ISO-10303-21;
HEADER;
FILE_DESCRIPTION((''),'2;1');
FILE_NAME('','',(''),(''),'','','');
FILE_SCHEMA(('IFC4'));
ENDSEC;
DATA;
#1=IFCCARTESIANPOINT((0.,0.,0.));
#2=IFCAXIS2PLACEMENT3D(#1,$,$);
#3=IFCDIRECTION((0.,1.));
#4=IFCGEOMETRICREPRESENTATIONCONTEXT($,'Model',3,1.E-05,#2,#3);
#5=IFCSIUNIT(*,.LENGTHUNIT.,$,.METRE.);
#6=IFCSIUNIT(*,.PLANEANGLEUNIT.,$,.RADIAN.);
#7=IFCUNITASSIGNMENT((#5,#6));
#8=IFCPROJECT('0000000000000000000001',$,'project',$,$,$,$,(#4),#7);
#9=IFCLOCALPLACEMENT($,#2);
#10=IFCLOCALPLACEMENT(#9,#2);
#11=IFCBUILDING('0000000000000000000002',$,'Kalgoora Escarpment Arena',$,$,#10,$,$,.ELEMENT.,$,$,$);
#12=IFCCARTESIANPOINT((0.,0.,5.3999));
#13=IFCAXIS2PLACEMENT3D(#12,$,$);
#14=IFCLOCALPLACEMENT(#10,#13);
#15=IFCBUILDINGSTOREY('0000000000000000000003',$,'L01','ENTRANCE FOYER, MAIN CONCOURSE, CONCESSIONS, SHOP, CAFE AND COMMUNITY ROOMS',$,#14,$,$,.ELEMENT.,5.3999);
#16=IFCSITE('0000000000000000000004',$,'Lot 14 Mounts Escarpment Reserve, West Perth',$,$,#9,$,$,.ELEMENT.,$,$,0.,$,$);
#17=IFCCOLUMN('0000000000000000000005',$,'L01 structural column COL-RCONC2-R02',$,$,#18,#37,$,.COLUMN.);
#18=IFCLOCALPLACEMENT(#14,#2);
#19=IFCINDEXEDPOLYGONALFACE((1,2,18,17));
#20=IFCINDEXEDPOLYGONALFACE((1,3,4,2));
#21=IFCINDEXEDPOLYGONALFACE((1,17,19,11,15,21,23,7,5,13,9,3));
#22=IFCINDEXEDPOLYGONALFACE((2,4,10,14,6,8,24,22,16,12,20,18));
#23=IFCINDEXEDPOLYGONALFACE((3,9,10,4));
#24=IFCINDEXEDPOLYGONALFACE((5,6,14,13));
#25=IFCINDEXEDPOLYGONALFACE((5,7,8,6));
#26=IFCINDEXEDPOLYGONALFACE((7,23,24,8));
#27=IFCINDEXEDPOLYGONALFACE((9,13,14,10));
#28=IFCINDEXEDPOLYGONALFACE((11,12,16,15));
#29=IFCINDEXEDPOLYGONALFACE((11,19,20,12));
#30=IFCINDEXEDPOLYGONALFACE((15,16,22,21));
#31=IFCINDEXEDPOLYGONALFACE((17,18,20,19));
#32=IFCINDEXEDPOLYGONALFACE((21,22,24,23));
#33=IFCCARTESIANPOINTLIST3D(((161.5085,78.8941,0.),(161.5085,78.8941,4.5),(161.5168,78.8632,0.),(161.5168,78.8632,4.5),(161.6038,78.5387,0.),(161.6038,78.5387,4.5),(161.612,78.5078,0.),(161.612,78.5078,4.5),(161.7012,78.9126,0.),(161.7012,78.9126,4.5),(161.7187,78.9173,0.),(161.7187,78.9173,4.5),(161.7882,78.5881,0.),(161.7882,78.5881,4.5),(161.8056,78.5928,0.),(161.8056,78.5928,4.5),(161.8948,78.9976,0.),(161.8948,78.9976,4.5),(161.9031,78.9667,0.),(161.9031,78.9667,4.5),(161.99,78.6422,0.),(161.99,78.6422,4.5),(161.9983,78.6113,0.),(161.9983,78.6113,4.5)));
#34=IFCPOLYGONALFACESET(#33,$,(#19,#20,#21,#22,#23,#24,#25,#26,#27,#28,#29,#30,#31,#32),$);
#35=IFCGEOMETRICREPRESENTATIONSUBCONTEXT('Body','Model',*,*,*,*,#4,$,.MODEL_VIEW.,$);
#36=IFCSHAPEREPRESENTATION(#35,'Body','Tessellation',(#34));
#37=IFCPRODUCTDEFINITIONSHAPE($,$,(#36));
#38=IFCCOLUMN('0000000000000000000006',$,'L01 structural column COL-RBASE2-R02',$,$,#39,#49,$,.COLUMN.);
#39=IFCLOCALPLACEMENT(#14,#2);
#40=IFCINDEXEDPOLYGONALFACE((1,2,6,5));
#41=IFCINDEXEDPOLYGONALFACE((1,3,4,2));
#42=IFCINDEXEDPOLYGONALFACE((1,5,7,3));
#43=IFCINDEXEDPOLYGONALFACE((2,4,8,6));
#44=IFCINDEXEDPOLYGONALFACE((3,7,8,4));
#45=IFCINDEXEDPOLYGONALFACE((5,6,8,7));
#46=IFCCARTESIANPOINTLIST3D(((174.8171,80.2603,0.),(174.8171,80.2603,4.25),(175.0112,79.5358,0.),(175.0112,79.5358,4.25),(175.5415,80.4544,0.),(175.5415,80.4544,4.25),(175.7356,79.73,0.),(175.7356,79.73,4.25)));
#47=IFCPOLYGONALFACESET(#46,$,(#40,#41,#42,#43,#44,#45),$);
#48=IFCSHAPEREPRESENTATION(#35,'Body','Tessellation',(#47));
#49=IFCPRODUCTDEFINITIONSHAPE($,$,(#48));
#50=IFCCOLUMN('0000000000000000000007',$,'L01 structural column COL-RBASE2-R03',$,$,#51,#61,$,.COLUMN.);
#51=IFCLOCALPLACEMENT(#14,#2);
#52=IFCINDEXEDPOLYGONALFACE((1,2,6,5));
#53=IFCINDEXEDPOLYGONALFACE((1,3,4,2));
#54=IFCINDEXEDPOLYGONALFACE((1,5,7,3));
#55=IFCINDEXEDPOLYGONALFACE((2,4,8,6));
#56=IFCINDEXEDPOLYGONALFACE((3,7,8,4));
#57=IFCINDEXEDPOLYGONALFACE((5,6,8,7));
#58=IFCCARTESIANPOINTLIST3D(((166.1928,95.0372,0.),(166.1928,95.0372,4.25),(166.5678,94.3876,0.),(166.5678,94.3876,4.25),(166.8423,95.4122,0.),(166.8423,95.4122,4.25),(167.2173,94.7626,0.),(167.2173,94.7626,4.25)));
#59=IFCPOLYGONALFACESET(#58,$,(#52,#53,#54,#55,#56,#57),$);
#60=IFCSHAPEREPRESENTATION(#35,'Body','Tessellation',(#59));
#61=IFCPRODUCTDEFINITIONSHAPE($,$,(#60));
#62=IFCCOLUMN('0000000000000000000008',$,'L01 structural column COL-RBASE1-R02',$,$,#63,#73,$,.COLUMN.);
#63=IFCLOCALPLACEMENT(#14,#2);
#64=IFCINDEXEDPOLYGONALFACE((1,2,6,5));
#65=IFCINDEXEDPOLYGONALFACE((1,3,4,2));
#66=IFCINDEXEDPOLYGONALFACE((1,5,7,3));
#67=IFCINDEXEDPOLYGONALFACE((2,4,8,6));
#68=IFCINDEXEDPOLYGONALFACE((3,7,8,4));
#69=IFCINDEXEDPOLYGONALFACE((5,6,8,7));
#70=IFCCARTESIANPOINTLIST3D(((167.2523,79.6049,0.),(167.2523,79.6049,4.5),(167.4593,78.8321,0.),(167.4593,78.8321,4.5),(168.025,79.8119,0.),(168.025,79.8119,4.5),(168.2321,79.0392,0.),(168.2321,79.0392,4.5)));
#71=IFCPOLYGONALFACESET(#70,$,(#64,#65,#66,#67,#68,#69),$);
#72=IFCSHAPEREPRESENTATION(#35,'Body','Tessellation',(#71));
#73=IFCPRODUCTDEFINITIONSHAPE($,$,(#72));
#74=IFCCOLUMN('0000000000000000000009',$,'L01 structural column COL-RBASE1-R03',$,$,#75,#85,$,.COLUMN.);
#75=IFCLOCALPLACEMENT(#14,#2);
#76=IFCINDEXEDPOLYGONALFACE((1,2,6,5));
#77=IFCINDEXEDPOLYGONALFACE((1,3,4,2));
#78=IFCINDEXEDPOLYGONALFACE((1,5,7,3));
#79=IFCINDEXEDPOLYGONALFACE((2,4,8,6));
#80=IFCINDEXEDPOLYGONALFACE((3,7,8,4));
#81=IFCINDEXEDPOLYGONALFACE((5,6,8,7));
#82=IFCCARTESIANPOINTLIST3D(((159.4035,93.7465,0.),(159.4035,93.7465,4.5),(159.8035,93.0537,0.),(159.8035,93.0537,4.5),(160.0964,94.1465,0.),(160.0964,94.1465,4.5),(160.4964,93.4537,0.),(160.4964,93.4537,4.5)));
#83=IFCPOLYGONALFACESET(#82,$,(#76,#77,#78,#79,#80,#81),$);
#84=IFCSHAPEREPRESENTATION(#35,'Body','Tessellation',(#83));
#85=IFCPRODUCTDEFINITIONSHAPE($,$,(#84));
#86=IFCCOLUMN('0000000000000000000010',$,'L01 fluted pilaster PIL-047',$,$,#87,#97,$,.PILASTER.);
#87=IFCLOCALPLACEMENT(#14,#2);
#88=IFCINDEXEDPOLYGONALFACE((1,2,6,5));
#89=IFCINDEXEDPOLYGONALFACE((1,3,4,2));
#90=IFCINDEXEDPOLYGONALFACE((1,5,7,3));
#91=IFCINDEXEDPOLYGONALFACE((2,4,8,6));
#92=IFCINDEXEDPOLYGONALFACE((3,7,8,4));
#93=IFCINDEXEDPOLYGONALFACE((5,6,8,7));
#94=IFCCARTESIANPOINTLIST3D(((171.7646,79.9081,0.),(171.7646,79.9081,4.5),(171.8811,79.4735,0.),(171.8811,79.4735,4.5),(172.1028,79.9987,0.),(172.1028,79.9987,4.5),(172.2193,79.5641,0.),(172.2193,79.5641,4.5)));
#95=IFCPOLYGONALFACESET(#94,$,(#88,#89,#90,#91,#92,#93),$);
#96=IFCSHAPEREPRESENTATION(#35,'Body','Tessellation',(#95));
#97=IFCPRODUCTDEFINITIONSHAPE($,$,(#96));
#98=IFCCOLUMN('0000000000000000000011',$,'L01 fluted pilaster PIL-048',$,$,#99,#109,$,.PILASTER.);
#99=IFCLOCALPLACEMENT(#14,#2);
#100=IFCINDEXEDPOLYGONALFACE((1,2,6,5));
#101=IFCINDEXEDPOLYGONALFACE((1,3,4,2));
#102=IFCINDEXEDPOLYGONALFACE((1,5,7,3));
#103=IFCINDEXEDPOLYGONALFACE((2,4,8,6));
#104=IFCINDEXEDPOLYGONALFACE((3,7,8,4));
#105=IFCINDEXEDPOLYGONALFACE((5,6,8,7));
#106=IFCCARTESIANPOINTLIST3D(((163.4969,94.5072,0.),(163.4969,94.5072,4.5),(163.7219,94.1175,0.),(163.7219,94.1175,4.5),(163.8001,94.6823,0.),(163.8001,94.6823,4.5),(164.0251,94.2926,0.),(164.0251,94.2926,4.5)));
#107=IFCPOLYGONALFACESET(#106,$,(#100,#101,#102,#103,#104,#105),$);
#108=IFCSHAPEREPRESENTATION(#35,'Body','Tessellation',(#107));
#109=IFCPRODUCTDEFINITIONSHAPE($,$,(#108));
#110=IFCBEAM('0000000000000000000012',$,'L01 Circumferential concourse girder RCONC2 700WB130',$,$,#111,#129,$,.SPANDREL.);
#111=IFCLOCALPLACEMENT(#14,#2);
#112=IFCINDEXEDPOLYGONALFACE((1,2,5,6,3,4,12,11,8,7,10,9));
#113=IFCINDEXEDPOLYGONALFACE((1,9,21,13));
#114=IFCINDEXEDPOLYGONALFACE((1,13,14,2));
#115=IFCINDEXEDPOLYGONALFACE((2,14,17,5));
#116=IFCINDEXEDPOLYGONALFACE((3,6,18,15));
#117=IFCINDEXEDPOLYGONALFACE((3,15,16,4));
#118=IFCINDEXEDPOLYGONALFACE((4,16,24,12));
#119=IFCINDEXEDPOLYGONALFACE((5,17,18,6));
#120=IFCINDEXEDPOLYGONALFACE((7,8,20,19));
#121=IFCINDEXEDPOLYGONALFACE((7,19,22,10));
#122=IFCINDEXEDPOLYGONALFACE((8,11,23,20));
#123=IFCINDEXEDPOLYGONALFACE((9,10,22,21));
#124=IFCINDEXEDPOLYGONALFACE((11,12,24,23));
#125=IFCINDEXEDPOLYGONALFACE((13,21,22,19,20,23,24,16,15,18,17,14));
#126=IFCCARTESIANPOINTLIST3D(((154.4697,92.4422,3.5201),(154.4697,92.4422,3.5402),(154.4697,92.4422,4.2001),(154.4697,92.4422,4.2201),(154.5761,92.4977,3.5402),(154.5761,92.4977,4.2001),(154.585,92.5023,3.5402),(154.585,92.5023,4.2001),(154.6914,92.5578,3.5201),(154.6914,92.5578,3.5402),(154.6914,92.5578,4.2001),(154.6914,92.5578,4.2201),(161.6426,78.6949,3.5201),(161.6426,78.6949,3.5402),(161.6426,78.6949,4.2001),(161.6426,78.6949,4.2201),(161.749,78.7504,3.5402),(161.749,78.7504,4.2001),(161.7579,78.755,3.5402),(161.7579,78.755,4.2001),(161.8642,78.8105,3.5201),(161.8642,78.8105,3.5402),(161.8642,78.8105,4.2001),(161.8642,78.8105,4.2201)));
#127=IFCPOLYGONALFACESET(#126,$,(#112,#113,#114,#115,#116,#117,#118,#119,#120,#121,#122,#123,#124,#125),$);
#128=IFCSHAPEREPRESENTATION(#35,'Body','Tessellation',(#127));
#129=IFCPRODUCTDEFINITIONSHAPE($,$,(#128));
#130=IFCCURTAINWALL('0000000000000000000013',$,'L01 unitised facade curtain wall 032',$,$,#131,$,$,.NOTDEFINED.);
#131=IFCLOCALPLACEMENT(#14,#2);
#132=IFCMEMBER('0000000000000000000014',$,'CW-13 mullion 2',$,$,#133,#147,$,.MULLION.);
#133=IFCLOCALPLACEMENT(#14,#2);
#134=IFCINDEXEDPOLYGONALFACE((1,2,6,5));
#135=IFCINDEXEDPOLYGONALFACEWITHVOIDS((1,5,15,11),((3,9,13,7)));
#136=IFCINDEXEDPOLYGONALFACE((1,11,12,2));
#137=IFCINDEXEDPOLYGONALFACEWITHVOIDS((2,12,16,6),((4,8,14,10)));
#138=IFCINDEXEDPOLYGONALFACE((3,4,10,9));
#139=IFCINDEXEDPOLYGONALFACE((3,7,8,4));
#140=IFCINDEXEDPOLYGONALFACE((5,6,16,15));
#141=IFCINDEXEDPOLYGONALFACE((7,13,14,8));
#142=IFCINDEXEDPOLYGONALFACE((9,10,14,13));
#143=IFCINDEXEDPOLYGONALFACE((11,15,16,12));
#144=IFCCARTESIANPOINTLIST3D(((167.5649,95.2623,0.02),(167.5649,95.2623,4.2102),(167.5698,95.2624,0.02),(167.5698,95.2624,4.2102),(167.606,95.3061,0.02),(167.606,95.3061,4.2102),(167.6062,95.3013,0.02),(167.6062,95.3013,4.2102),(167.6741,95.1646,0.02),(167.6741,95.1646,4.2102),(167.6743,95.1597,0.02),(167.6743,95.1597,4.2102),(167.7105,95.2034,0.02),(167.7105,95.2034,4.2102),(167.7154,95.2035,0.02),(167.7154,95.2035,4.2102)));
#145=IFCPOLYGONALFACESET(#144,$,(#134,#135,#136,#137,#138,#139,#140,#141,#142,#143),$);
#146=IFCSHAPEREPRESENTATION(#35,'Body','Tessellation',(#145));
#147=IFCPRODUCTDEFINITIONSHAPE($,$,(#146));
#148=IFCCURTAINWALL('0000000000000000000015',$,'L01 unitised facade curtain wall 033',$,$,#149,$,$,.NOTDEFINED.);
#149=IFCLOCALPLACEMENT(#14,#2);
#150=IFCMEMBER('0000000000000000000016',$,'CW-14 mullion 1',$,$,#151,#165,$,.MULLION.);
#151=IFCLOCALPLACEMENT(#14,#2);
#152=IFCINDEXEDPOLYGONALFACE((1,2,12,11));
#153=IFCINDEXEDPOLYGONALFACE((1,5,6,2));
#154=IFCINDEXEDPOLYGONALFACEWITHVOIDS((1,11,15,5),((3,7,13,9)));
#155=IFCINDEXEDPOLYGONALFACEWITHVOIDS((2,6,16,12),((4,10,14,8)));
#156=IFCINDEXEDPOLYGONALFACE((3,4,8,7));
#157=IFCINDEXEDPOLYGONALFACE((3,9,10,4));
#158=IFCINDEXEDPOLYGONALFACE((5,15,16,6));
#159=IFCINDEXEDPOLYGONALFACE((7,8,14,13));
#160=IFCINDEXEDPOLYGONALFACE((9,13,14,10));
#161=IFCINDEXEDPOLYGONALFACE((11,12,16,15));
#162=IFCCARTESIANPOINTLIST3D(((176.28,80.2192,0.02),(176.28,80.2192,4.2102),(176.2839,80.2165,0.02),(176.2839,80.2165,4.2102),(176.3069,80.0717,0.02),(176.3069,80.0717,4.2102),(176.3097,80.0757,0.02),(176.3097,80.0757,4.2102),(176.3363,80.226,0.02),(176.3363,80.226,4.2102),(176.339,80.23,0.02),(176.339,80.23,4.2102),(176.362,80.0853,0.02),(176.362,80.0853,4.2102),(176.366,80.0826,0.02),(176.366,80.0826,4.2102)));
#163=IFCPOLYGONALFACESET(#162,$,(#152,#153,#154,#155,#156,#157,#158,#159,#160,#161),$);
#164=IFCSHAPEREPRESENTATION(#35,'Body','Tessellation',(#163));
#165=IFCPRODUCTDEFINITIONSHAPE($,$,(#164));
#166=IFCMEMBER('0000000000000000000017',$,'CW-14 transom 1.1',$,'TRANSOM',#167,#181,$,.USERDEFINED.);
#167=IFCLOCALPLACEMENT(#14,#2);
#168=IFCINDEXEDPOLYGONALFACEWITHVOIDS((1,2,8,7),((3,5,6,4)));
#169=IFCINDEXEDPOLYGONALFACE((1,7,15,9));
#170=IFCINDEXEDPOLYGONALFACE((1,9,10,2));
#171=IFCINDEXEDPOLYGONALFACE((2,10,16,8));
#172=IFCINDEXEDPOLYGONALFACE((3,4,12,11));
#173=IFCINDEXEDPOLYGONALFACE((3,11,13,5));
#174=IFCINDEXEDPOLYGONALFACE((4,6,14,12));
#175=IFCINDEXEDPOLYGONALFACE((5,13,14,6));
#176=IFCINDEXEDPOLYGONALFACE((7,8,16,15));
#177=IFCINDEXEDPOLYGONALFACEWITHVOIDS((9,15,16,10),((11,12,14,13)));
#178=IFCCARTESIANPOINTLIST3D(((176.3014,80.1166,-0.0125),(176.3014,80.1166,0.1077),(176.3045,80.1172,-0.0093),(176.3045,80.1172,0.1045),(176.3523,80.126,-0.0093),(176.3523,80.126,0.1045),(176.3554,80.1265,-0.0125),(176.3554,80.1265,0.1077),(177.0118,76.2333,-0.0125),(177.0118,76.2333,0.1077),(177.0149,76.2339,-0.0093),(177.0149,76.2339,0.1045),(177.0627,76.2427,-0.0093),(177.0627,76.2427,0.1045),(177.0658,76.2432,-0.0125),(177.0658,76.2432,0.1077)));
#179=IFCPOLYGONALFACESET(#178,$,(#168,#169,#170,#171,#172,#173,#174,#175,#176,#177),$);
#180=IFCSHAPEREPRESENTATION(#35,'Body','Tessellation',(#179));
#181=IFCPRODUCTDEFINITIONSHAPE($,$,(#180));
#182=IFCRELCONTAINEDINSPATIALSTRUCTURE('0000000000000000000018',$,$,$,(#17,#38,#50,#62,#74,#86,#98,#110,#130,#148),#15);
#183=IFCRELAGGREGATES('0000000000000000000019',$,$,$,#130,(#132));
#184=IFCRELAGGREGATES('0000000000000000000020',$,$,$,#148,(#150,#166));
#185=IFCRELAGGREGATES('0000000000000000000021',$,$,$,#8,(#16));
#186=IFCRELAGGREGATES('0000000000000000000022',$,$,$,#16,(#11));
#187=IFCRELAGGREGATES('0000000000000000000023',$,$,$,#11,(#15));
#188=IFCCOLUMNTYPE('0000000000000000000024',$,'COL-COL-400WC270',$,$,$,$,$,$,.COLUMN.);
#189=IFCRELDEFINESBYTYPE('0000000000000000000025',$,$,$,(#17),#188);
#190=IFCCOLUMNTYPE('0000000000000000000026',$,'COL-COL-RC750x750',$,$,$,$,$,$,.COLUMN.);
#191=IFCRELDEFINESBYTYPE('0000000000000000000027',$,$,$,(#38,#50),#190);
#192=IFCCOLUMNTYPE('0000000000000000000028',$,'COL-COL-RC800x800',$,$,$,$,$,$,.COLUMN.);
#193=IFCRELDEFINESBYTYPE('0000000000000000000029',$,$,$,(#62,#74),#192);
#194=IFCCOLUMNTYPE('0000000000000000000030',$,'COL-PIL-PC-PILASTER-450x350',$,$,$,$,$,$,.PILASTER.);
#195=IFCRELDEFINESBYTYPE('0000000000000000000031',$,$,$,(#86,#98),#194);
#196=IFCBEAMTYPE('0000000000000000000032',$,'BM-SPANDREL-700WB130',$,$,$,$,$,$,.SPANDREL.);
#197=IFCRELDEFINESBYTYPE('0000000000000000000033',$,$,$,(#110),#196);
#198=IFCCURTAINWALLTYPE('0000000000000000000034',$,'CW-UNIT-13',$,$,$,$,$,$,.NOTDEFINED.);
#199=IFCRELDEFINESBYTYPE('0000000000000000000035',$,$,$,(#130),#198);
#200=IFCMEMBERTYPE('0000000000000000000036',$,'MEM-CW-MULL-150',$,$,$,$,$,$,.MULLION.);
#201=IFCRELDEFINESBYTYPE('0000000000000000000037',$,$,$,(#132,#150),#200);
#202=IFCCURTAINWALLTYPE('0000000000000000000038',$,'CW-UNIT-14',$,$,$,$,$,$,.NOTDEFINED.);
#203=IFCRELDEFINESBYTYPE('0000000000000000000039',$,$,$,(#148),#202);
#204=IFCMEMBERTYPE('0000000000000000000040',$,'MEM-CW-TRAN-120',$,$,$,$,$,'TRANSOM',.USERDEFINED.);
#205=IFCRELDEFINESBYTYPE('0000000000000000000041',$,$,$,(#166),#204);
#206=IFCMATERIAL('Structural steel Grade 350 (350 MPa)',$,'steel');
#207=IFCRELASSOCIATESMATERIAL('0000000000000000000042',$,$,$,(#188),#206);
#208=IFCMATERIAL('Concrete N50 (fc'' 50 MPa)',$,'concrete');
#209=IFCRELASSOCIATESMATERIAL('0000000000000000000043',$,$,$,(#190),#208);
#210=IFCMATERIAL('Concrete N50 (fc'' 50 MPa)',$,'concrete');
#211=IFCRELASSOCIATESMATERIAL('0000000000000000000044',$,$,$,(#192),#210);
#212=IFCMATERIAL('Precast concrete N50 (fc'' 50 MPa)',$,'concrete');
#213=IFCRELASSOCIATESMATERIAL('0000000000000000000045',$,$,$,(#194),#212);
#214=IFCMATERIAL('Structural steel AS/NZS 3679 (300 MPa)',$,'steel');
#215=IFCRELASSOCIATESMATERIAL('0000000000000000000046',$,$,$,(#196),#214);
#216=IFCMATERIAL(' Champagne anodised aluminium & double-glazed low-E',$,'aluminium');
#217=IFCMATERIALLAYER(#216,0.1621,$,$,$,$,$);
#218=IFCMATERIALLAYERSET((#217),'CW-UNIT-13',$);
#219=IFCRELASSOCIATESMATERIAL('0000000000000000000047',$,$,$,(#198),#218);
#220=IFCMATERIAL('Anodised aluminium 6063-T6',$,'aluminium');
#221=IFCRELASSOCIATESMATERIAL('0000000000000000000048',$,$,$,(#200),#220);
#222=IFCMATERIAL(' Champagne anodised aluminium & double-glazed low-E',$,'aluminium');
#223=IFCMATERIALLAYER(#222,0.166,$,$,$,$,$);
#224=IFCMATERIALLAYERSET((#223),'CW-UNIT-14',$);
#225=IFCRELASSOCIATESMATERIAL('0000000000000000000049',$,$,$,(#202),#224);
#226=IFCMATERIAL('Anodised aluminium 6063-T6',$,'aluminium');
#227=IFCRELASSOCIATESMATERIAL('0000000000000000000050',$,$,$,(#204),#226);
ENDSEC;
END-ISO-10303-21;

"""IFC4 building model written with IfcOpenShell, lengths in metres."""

from ifc_helpers import new_model, si_unit, direction, frame, origin, origin_2d, place, context, subcontext, project, spatial, rectangle, hollow_rectangle, i_section, extrude, material, layer, layer_set, material_profile, profile_set, type_object, element, aggregate, save


model = new_model("IFC4")

# Units and contexts
model_context = context("Model", 3, precision=1e-05, world=origin(), true_north=direction((0.0, 1.0)))
body_context = subcontext(model_context, "Body", "Model", "MODEL_VIEW")
ifc_project = project(units=[si_unit("LENGTHUNIT", "METRE"), si_unit("PLANEANGLEUNIT", "RADIAN")], contexts=[model_context])

# Site, building, storey
site_placement = place(None, origin())
site = spatial("IfcSite", under=ifc_project, at=site_placement, Name="Lot 14 Mounts Escarpment Reserve, West Perth", CompositionType="ELEMENT", RefElevation=0.0)
building_placement = place(site_placement, origin())
building = spatial("IfcBuilding", under=site, at=building_placement, Name="Kalgoora Escarpment Arena", CompositionType="ELEMENT")
storey_placement = place(building_placement, frame((0.0, 0.0, 5.3999)))
storey = spatial("IfcBuildingStorey", under=building, at=storey_placement, Name="L01", Description="ENTRANCE FOYER, MAIN CONCOURSE, CONCESSIONS, SHOP, CAFE AND COMMUNITY ROOMS", CompositionType="ELEMENT", Elevation=5.3999)

# Columns
ifc_material_1 = material(Name="Structural steel Grade 350 (350 MPa)", Category="steel")
ifc_material_profile_1 = material_profile(ifc_material_1, i_section(OverallWidth=0.3999, OverallDepth=0.3999, WebThickness=0.0181, FlangeThickness=0.032, at=origin_2d()))
ifc_profile_set_1 = profile_set([ifc_material_profile_1], Name="Structural steel Grade 350 (350 MPa)")
column_type_1 = type_object("IfcColumnType", Name="COL-COL-400WC270", PredefinedType="COLUMN", material=ifc_profile_set_1)
column_placement = place(storey_placement, frame((161.7534, 78.7527, 0.0), z_axis=(0.0, 0.0, 1.0), x_axis=(0.965926, 0.258819, 0.0)))
element("IfcColumn", 1, at=column_placement, inside=storey, type_object=column_type_1, Name="L01 structural column COL-RCONC2-R02", PredefinedType="COLUMN", context=body_context, shape_type="SweptSolid", body=[
    extrude(i_section(OverallWidth=0.3999, OverallDepth=0.3999, WebThickness=0.0181, FlangeThickness=0.032, at=origin_2d()), origin(), (0.0, 0.0, 1.0), 4.5),
])
ifc_material_2 = material(Name="Concrete N50 (fc' 50 MPa)", Category="concrete")
ifc_material_profile_2 = material_profile(ifc_material_2, rectangle(XDim=0.75, YDim=0.75, at=origin_2d()))
ifc_profile_set_2 = profile_set([ifc_material_profile_2], Name="Concrete N50 (fc' 50 MPa)")
column_type_2 = type_object("IfcColumnType", Name="COL-COL-RC750x750", PredefinedType="COLUMN", material=ifc_profile_set_2)
for number, where, z_axis, x_axis, name in (
    (2, (175.2764, 79.9951, 0.0), (0.0, 0.0, 1.0), (0.965926, 0.258819, 0.0), "L01 structural column COL-RBASE2-R02"),
    (3, (166.7051, 94.8999, 0.0), (0.0, 0.0, 1.0), (0.866025, 0.5, 0.0), "L01 structural column COL-RBASE2-R03"),
):
    element("IfcColumn", number, at=place(storey_placement, frame(where, z_axis=z_axis, x_axis=x_axis)), inside=storey, type_object=column_type_2, Name=name, PredefinedType="COLUMN", context=body_context, shape_type="SweptSolid", body=[
        extrude(rectangle(XDim=0.75, YDim=0.75, at=origin_2d()), origin(), (0.0, 0.0, 1.0), 4.25),
    ])
ifc_material_3 = material(Name="Concrete N50 (fc' 50 MPa)", Category="concrete")
ifc_material_profile_3 = material_profile(ifc_material_3, rectangle(XDim=0.8, YDim=0.8, at=origin_2d()))
ifc_profile_set_3 = profile_set([ifc_material_profile_3], Name="Concrete N50 (fc' 50 MPa)")
column_type_3 = type_object("IfcColumnType", Name="COL-COL-RC800x800", PredefinedType="COLUMN", material=ifc_profile_set_3)
for number, where, z_axis, x_axis, name in (
    (4, (167.7422, 79.322, 0.0), (0.0, 0.0, 1.0), (0.965926, 0.258819, 0.0), "L01 structural column COL-RBASE1-R02"),
    (5, (159.95, 93.6001, 0.0), (0.0, 0.0, 1.0), (0.866025, 0.5, 0.0), "L01 structural column COL-RBASE1-R03"),
):
    element("IfcColumn", number, at=place(storey_placement, frame(where, z_axis=z_axis, x_axis=x_axis)), inside=storey, type_object=column_type_3, Name=name, PredefinedType="COLUMN", context=body_context, shape_type="SweptSolid", body=[
        extrude(rectangle(XDim=0.8, YDim=0.8, at=origin_2d()), origin(), (0.0, 0.0, 1.0), 4.5),
    ])
ifc_material_4 = material(Name="Precast concrete N50 (fc' 50 MPa)", Category="concrete")
ifc_material_profile_4 = material_profile(ifc_material_4, rectangle(XDim=0.3501, YDim=0.45, at=origin_2d()))
ifc_profile_set_4 = profile_set([ifc_material_profile_4], Name="Precast concrete N50 (fc' 50 MPa)")
column_type_4 = type_object("IfcColumnType", Name="COL-PIL-PC-PILASTER-450x350", PredefinedType="PILASTER", material=ifc_profile_set_4)
for number, where, z_axis, x_axis, name in (
    (6, (171.9919, 79.7361, 0.0), (0.0, 0.0, 1.0), (0.965926, 0.258819, 0.0), "L01 fluted pilaster PIL-047"),
    (7, (163.761, 94.3999, 0.0), (0.0, 0.0, 1.0), (0.866025, 0.5, 0.0), "L01 fluted pilaster PIL-048"),
):
    element("IfcColumn", number, at=place(storey_placement, frame(where, z_axis=z_axis, x_axis=x_axis)), inside=storey, type_object=column_type_4, Name=name, PredefinedType="PILASTER", context=body_context, shape_type="SweptSolid", body=[
        extrude(rectangle(XDim=0.3501, YDim=0.45, at=origin_2d()), origin(), (0.0, 0.0, 1.0), 4.5),
    ])

# Beam
ifc_material_5 = material(Name="Structural steel AS/NZS 3679 (300 MPa)", Category="steel")
ifc_material_profile_5 = material_profile(ifc_material_5, i_section(OverallWidth=0.25, OverallDepth=0.7, WebThickness=0.01, FlangeThickness=0.02, at=origin_2d()))
ifc_profile_set_5 = profile_set([ifc_material_profile_5], Name="Structural steel AS/NZS 3679 (300 MPa)")
beam_type = type_object("IfcBeamType", Name="BM-SPANDREL-700WB130", PredefinedType="SPANDREL", material=ifc_profile_set_5)
beam_placement = place(storey_placement, frame((161.7534, 78.7527, 3.8701), z_axis=(-0.462583, 0.886576, 0.0), x_axis=(-0.886576, -0.462583, 0.0)))
element("IfcBeam", 8, at=beam_placement, inside=storey, type_object=beam_type, Name="L01 Circumferential concourse girder RCONC2 700WB130", PredefinedType="SPANDREL", context=body_context, shape_type="SweptSolid", body=[
    extrude(i_section(OverallWidth=0.25, OverallDepth=0.7, WebThickness=0.01, FlangeThickness=0.02, at=origin_2d()), origin(), (0.0, 0.0, 1.0), 15.5061),
])

# Curtain wall, member
ifc_material_6 = material(Name=" Champagne anodised aluminium & double-glazed low-E", Category="aluminium")
ifc_layer_1 = layer(ifc_material_6, 0.1621)
ifc_layer_set_1 = layer_set([ifc_layer_1], Name="CW-UNIT-13")
curtain_wall_type_1 = type_object("IfcCurtainWallType", Name="CW-UNIT-13", PredefinedType="NOTDEFINED", material=ifc_layer_set_1)
curtain_wall_1_placement = place(storey_placement, origin())
curtain_wall_1 = element("IfcCurtainWall", 9, at=curtain_wall_1_placement, inside=storey, type_object=curtain_wall_type_1, Name="L01 unitised facade curtain wall 032", PredefinedType="NOTDEFINED")
ifc_material_7 = material(Name="Anodised aluminium 6063-T6", Category="aluminium")
ifc_material_profile_6 = material_profile(ifc_material_7, hollow_rectangle(XDim=0.0601, YDim=0.1499, WallThickness=0.0034, at=origin_2d()))
ifc_profile_set_6 = profile_set([ifc_material_profile_6], Name="Anodised aluminium 6063-T6")
member_type_1 = type_object("IfcMemberType", Name="MEM-CW-MULL-150", PredefinedType="MULLION", material=ifc_profile_set_6)
member_1_placement = place(storey_placement, frame((167.6401, 95.2329, 0.02), z_axis=(0.0, 0.0, 1.0), x_axis=(0.684026, 0.729457, 0.0)))
member_1 = element("IfcMember", 10, at=member_1_placement, type_object=member_type_1, Name="CW-13 mullion 2", PredefinedType="MULLION", context=body_context, shape_type="SweptSolid", body=[
    extrude(hollow_rectangle(XDim=0.0601, YDim=0.1499, WallThickness=0.0034, at=origin_2d()), origin(), (0.0, 0.0, 1.0), 4.1902),
])

# Curtain wall, members
ifc_material_8 = material(Name=" Champagne anodised aluminium & double-glazed low-E", Category="aluminium")
ifc_layer_2 = layer(ifc_material_8, 0.166)
ifc_layer_set_2 = layer_set([ifc_layer_2], Name="CW-UNIT-14")
curtain_wall_type_2 = type_object("IfcCurtainWallType", Name="CW-UNIT-14", PredefinedType="NOTDEFINED", material=ifc_layer_set_2)
curtain_wall_2_placement = place(storey_placement, origin())
curtain_wall_2 = element("IfcCurtainWall", 11, at=curtain_wall_2_placement, inside=storey, type_object=curtain_wall_type_2, Name="L01 unitised facade curtain wall 033", PredefinedType="NOTDEFINED")
member_2_placement = place(storey_placement, frame((176.323, 80.1509, 0.02), z_axis=(0.0, 0.0, 1.0), x_axis=(0.983671, 0.179978, 0.0)))
member_2 = element("IfcMember", 12, at=member_2_placement, type_object=member_type_1, Name="CW-14 mullion 1", PredefinedType="MULLION", context=body_context, shape_type="SweptSolid", body=[
    extrude(hollow_rectangle(XDim=0.0601, YDim=0.1499, WallThickness=0.0034, at=origin_2d()), origin(), (0.0, 0.0, 1.0), 4.1902),
])
ifc_material_9 = material(Name="Anodised aluminium 6063-T6", Category="aluminium")
ifc_material_profile_7 = material_profile(ifc_material_9, hollow_rectangle(XDim=0.0549, YDim=0.1201, WallThickness=0.0032, at=origin_2d()))
ifc_profile_set_7 = profile_set([ifc_material_profile_7], Name="Anodised aluminium 6063-T6")
member_type_2 = type_object("IfcMemberType", Name="MEM-CW-TRAN-120", ElementType="TRANSOM", PredefinedType="USERDEFINED", material=ifc_profile_set_7)
member_3_placement = place(storey_placement, frame((176.3284, 80.1216, 0.0476), z_axis=(0.179963, -0.983673, 0.0), x_axis=(0.983673, 0.179963, 0.0)))
member_3 = element("IfcMember", 13, at=member_3_placement, type_object=member_type_2, Name="CW-14 transom 1.1", ObjectType="TRANSOM", PredefinedType="USERDEFINED", context=body_context, shape_type="SweptSolid", body=[
    extrude(hollow_rectangle(XDim=0.0549, YDim=0.1201, WallThickness=0.0032, at=origin_2d()), origin(), (0.0, 0.0, 1.0), 3.9478),
])

aggregate(curtain_wall_1, [member_1])
aggregate(curtain_wall_2, [member_2, member_3])

save(model, "model.ifc")
